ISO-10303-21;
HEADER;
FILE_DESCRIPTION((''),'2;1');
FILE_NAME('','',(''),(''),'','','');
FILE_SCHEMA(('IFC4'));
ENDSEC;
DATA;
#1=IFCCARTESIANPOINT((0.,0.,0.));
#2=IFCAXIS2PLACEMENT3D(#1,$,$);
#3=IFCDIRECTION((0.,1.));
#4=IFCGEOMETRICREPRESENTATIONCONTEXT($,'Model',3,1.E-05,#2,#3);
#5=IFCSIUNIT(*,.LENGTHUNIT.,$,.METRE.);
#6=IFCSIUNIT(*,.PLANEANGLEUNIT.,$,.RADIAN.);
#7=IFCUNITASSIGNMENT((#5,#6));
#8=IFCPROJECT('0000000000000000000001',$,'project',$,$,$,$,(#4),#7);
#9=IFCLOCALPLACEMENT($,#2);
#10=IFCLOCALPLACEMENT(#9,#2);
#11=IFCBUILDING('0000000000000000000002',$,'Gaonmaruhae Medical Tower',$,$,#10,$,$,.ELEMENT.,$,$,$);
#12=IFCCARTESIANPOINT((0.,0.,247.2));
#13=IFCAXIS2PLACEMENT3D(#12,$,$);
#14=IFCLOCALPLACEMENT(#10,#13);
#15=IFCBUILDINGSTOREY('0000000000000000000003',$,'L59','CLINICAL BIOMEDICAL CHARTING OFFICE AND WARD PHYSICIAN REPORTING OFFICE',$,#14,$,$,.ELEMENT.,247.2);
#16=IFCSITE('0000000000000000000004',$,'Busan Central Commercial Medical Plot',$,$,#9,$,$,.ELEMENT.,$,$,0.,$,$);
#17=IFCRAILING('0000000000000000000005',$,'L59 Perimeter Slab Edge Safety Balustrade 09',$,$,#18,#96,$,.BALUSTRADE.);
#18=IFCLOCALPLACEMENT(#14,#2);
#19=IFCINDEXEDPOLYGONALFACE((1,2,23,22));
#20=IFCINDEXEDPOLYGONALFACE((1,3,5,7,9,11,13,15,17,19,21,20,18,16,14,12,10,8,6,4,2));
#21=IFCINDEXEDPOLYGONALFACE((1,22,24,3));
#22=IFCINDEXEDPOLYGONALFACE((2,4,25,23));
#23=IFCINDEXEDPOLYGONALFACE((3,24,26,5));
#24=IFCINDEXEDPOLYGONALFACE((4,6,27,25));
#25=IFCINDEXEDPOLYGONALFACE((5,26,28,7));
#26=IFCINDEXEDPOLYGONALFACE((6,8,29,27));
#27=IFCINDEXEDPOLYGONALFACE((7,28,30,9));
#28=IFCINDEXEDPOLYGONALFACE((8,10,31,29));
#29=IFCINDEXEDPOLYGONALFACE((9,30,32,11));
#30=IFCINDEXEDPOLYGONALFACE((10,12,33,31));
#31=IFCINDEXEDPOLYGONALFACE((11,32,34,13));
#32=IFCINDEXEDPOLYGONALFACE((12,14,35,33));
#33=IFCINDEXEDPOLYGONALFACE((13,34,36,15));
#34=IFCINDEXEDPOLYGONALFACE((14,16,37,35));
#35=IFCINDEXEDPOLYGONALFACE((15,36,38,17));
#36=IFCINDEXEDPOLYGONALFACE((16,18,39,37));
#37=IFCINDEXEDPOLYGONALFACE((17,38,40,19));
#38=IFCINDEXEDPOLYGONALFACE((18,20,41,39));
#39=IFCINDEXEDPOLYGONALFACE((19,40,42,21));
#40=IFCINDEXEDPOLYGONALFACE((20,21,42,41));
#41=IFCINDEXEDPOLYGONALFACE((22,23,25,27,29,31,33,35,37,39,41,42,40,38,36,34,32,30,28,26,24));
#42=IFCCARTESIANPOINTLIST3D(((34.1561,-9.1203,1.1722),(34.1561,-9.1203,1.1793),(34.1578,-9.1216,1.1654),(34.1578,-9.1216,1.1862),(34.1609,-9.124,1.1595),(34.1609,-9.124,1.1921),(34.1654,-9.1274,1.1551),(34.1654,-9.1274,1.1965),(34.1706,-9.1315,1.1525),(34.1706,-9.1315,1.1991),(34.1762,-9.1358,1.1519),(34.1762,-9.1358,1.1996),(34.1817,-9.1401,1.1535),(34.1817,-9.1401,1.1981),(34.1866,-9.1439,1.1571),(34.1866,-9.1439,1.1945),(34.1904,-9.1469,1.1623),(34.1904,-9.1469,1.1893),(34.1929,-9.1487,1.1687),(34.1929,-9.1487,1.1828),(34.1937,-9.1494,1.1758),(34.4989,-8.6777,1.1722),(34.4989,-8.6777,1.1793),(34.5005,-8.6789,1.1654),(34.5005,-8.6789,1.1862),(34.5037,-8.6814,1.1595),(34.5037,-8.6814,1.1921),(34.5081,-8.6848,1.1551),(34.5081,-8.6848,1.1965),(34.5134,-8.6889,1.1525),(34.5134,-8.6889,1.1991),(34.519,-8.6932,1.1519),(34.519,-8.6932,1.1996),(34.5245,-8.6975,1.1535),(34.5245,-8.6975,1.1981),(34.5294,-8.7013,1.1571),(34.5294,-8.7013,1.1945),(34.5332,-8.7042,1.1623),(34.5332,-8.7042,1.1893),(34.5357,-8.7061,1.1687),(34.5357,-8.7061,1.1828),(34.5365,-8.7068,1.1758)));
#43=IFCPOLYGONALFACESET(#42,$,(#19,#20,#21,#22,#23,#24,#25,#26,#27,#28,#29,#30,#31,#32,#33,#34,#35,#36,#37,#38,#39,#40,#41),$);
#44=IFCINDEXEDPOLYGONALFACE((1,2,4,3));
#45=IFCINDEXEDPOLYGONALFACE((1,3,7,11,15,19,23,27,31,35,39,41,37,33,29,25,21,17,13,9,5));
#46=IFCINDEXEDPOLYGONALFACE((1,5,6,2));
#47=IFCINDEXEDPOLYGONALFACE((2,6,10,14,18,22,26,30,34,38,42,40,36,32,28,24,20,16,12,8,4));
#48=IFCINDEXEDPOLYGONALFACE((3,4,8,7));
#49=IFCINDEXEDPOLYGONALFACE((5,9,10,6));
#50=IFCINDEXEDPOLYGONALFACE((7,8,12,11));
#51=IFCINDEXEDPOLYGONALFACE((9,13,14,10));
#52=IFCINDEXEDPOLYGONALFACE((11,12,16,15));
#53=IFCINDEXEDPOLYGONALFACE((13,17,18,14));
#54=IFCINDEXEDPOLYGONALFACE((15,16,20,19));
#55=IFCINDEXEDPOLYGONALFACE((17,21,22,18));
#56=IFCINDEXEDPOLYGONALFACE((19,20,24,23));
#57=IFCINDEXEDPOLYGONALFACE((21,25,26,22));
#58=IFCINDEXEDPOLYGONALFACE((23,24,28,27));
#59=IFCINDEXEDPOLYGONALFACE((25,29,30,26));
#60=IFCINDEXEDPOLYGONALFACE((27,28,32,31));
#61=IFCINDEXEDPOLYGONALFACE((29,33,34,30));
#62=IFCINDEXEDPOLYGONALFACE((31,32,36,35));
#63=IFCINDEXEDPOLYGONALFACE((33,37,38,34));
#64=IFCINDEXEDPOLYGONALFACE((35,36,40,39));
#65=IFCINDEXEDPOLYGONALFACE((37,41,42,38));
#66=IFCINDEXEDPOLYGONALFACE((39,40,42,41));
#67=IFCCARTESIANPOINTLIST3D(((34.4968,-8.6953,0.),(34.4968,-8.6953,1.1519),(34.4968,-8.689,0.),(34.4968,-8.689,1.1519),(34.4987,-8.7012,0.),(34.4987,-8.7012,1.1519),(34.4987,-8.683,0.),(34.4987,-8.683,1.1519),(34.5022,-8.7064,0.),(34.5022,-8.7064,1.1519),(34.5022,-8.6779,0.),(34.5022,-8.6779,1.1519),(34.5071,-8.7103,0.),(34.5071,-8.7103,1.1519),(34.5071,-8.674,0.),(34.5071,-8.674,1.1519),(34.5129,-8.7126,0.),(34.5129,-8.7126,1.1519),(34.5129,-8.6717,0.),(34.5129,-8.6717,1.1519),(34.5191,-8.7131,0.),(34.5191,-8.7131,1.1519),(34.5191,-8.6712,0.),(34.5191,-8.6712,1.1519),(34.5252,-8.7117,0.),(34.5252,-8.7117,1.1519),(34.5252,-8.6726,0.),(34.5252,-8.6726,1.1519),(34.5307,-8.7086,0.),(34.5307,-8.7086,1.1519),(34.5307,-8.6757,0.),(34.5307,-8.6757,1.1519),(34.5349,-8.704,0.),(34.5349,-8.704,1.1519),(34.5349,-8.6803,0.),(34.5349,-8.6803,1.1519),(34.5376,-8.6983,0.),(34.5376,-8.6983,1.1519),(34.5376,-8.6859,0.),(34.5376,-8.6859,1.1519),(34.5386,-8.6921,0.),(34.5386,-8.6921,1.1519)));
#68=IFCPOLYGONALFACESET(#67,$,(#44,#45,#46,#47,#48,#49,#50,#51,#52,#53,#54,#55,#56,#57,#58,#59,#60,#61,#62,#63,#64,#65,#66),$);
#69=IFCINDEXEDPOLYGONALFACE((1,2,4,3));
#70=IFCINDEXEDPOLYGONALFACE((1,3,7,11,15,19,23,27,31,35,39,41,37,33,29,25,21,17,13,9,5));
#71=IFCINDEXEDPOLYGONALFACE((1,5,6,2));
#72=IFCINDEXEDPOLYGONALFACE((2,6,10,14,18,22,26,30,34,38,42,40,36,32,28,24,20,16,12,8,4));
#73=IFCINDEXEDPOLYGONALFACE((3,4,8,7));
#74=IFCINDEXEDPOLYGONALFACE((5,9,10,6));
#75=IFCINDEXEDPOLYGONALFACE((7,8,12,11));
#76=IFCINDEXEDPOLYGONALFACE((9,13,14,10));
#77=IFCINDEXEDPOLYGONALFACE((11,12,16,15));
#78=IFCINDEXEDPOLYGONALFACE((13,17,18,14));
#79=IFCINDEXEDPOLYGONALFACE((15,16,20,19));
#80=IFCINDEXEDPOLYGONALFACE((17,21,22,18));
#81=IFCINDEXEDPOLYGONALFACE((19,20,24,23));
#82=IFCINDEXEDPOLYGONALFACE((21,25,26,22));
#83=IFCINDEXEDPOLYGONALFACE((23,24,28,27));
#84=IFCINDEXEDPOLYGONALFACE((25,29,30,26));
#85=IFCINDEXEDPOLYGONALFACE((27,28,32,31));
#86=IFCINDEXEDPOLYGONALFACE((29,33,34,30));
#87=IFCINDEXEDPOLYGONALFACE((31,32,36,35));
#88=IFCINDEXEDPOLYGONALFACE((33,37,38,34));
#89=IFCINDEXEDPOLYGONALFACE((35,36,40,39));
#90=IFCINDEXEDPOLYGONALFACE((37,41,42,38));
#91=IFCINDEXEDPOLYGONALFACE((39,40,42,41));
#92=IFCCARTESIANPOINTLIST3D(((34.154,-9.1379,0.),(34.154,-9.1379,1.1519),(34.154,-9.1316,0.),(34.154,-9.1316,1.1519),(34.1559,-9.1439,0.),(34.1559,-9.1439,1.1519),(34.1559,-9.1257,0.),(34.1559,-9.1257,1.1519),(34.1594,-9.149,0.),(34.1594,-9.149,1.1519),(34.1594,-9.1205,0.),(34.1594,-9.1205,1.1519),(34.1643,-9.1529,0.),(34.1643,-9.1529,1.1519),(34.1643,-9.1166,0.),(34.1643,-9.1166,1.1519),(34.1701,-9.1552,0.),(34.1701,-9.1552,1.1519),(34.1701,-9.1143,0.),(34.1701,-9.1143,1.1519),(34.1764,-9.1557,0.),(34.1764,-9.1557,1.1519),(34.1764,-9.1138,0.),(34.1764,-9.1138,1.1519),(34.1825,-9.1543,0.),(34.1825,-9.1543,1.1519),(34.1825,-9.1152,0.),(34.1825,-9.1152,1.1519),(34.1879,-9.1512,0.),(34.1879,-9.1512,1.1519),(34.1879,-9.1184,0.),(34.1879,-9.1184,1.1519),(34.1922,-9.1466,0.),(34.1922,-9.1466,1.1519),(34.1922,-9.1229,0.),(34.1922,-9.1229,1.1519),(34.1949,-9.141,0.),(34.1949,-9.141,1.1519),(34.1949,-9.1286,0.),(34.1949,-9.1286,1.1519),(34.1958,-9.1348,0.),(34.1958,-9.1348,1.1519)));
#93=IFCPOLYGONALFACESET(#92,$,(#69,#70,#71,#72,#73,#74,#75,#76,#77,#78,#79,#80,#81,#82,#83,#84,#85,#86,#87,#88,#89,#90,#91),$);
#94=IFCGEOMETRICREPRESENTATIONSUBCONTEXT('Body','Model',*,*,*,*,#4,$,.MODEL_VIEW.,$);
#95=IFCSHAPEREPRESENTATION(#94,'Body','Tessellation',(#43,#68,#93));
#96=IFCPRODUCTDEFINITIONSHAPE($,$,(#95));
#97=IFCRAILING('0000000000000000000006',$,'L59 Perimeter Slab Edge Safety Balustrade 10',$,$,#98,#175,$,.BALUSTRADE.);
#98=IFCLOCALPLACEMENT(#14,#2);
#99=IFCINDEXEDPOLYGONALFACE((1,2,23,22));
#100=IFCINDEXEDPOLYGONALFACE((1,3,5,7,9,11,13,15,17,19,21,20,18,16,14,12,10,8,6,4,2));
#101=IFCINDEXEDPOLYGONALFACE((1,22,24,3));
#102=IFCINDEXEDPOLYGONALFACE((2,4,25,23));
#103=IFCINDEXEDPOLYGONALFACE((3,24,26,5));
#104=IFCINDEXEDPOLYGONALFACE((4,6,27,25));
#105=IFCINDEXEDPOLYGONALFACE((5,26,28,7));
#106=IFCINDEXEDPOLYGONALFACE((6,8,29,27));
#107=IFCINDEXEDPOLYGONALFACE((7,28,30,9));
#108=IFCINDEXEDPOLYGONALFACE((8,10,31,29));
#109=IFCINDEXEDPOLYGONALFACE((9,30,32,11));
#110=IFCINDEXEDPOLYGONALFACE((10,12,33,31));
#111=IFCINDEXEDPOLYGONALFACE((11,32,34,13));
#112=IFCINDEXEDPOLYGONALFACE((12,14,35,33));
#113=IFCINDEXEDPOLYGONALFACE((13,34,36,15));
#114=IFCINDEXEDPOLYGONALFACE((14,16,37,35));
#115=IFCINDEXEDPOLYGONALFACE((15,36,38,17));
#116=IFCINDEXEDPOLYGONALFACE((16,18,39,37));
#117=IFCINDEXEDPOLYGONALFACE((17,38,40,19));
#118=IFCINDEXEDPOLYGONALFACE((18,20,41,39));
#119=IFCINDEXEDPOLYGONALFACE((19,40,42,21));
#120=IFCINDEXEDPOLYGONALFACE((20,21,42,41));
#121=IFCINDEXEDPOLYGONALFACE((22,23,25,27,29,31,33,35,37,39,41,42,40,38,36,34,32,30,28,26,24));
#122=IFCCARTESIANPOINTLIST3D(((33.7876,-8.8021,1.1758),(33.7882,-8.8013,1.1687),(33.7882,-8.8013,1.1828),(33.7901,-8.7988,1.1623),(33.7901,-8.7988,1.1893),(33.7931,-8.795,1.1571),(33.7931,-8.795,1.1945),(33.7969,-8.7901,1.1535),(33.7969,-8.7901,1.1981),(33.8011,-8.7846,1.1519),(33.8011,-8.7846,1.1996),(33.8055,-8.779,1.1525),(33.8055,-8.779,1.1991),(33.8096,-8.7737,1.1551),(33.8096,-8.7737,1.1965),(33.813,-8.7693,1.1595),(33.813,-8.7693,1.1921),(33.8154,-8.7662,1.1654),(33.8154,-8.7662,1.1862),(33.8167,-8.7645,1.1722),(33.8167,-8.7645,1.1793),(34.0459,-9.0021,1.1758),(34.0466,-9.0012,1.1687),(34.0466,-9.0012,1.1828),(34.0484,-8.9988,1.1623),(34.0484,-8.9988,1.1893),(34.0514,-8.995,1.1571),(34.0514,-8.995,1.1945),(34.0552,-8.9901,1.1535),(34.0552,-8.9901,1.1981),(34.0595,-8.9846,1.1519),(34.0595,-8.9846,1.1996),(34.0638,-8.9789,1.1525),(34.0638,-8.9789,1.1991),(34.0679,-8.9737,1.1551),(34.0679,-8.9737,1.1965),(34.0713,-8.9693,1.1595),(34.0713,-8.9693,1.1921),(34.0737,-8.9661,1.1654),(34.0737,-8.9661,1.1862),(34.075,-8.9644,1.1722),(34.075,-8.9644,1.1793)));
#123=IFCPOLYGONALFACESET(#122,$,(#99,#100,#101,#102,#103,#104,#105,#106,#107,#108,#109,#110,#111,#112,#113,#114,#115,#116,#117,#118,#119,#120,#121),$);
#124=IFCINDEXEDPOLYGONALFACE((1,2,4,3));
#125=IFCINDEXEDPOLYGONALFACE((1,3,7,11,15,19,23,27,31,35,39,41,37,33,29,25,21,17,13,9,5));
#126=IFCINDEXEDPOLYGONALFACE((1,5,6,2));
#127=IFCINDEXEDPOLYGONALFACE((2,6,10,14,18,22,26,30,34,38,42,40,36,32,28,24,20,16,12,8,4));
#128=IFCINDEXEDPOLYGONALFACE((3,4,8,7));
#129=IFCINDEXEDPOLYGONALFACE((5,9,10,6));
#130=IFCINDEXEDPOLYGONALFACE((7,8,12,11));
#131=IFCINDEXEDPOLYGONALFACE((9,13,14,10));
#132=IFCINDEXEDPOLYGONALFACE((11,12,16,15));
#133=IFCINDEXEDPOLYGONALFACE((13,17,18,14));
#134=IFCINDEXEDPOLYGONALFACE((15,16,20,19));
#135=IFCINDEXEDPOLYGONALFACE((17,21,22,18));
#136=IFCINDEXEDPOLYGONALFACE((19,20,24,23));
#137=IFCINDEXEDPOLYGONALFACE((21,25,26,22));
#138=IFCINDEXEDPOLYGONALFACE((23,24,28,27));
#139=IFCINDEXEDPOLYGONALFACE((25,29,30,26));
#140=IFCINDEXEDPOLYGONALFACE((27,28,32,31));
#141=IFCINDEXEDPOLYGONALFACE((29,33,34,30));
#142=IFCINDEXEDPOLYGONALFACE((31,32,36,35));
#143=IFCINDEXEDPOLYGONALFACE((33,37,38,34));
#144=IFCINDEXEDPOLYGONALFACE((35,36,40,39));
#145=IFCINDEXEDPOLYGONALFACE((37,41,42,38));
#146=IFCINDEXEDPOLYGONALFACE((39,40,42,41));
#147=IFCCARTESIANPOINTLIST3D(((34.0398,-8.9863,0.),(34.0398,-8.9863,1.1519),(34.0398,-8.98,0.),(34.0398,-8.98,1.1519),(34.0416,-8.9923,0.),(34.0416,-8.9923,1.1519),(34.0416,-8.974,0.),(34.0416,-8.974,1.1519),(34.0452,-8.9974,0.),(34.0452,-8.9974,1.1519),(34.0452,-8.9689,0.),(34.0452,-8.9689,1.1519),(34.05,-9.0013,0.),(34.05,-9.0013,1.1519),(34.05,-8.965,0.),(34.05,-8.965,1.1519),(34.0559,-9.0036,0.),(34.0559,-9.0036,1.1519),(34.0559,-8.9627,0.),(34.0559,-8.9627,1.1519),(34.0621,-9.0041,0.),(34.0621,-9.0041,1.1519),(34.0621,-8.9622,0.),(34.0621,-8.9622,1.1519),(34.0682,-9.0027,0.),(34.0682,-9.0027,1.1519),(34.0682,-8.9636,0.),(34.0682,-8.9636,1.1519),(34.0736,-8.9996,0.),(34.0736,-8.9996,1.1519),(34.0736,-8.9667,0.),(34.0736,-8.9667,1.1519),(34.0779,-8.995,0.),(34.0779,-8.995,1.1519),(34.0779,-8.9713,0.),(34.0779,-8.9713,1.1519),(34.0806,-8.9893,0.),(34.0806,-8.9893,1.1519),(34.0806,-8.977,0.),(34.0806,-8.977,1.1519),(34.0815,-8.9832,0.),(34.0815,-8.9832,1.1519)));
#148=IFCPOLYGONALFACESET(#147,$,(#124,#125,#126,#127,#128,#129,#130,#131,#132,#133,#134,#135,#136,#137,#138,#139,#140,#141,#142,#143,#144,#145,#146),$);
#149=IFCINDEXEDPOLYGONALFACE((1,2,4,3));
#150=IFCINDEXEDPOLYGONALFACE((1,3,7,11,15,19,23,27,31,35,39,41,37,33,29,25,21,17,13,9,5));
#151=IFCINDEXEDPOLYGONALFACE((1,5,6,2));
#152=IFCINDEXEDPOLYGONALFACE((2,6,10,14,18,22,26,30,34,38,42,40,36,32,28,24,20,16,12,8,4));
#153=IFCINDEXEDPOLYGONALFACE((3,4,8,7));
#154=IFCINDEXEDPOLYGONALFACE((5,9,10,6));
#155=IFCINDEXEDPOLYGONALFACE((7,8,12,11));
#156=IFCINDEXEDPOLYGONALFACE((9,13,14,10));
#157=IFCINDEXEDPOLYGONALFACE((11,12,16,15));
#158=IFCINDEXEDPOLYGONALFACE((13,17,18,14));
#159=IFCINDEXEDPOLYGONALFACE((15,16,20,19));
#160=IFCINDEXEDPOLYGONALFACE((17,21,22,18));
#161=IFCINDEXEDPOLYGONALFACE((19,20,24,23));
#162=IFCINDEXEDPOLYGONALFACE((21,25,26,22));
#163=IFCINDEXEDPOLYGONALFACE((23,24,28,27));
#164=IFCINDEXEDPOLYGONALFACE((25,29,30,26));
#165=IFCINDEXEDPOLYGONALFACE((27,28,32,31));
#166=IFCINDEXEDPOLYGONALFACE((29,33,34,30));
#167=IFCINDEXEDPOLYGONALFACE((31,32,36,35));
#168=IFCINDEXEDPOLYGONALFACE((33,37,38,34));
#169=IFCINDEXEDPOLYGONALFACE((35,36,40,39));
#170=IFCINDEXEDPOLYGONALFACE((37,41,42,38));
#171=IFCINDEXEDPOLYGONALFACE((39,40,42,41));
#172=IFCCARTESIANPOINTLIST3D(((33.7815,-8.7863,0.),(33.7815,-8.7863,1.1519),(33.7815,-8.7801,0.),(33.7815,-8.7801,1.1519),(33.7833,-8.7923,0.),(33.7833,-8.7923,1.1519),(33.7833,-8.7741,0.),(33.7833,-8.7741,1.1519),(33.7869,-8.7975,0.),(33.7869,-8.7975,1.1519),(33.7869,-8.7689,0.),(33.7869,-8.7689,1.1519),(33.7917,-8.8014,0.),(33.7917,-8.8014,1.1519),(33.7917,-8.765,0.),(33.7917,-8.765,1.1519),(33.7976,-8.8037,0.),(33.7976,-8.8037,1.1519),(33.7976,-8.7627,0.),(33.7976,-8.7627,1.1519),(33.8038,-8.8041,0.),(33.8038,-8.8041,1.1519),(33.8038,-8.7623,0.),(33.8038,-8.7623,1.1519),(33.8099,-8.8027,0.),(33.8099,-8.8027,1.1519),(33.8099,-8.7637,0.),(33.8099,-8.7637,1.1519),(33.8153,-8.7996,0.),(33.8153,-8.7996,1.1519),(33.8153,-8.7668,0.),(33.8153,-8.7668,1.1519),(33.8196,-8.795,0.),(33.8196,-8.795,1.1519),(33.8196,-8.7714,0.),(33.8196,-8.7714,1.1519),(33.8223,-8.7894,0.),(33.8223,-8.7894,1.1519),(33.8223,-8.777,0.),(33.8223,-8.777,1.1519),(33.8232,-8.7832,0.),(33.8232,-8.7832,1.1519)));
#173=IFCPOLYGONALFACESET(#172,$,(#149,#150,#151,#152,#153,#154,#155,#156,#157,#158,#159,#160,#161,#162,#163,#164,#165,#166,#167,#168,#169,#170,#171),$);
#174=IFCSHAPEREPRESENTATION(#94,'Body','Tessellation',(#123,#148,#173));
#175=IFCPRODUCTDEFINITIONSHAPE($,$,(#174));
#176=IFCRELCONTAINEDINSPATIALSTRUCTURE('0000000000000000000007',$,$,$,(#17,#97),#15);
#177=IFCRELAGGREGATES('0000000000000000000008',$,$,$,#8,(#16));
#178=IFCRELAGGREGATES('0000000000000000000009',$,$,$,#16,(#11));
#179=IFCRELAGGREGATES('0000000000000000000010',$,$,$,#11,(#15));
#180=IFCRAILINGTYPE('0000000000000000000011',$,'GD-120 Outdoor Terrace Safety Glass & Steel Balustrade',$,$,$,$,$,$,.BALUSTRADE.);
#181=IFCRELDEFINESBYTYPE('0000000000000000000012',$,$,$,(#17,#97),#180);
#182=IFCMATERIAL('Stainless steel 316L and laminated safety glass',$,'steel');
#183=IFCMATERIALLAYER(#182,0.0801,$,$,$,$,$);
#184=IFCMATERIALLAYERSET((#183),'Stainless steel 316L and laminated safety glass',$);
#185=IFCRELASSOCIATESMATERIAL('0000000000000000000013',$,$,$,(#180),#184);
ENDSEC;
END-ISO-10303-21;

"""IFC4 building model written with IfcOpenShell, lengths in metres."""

from ifc_helpers import new_model, si_unit, direction, frame, origin, origin_2d, place, context, subcontext, project, spatial, circle, extrude, material, layer, layer_set, type_object, element, save


model = new_model("IFC4")

# Units and contexts
model_context = context("Model", 3, precision=1e-05, world=origin(), true_north=direction((0.0, 1.0)))
body_context = subcontext(model_context, "Body", "Model", "MODEL_VIEW")
ifc_project = project(units=[si_unit("LENGTHUNIT", "METRE"), si_unit("PLANEANGLEUNIT", "RADIAN")], contexts=[model_context])

# Site, building, storey
site_placement = place(None, origin())
site = spatial("IfcSite", under=ifc_project, at=site_placement, Name="Busan Central Commercial Medical Plot", CompositionType="ELEMENT", RefElevation=0.0)
building_placement = place(site_placement, origin())
building = spatial("IfcBuilding", under=site, at=building_placement, Name="Gaonmaruhae Medical Tower", CompositionType="ELEMENT")
storey_placement = place(building_placement, frame((0.0, 0.0, 247.2)))
storey = spatial("IfcBuildingStorey", under=building, at=storey_placement, Name="L59", Description="CLINICAL BIOMEDICAL CHARTING OFFICE AND WARD PHYSICIAN REPORTING OFFICE", CompositionType="ELEMENT", Elevation=247.2)

# Railings
ifc_material_1 = material(Name="Stainless steel 316L and laminated safety glass", Category="steel")
ifc_layer_1 = layer(ifc_material_1, 0.0801)
ifc_layer_set_1 = layer_set([ifc_layer_1], Name="Stainless steel 316L and laminated safety glass")
railing_type = type_object("IfcRailingType", Name="GD-120 Outdoor Terrace Safety Glass & Steel Balustrade", PredefinedType="BALUSTRADE", material=ifc_layer_set_1)
railing_1_placement = place(storey_placement, frame((34.5176, -8.6921, 0.0)))
element("IfcRailing", 1, at=railing_1_placement, inside=storey, type_object=railing_type, Name="L59 Perimeter Slab Edge Safety Balustrade 09", PredefinedType="BALUSTRADE", context=body_context, shape_type="SweptSolid", body=[
    extrude(circle(Radius=0.0239, at=origin_2d()), frame((0.0, 0.0, 1.1758), z_axis=(-0.612279, -0.790642, 0.0), x_axis=(0.790642, -0.612279, 0.0)), (0.0, 0.0, 1.0), 0.5598),
    extrude(circle(Radius=0.021, at=origin_2d()), origin(), (0.0, 0.0, 1.0), 1.1519),
    extrude(circle(Radius=0.021, at=origin_2d()), frame((-0.3428, -0.4426, 0.0)), (0.0, 0.0, 1.0), 1.1519),
])
railing_2_placement = place(storey_placement, frame((34.0605, -8.9832, 0.0)))
element("IfcRailing", 2, at=railing_2_placement, inside=storey, type_object=railing_type, Name="L59 Perimeter Slab Edge Safety Balustrade 10", PredefinedType="BALUSTRADE", context=body_context, shape_type="SweptSolid", body=[
    extrude(circle(Radius=0.0239, at=origin_2d()), frame((0.0, 0.0, 1.1758), z_axis=(-0.790759, 0.612128, 0.0), x_axis=(-0.612128, -0.790759, 0.0)), (0.0, 0.0, 1.0), 0.3267),
    extrude(circle(Radius=0.021, at=origin_2d()), origin(), (0.0, 0.0, 1.0), 1.1519),
    extrude(circle(Radius=0.021, at=origin_2d()), frame((-0.2583, 0.2, 0.0)), (0.0, 0.0, 1.0), 1.1519),
])

save(model, "model.ifc")
